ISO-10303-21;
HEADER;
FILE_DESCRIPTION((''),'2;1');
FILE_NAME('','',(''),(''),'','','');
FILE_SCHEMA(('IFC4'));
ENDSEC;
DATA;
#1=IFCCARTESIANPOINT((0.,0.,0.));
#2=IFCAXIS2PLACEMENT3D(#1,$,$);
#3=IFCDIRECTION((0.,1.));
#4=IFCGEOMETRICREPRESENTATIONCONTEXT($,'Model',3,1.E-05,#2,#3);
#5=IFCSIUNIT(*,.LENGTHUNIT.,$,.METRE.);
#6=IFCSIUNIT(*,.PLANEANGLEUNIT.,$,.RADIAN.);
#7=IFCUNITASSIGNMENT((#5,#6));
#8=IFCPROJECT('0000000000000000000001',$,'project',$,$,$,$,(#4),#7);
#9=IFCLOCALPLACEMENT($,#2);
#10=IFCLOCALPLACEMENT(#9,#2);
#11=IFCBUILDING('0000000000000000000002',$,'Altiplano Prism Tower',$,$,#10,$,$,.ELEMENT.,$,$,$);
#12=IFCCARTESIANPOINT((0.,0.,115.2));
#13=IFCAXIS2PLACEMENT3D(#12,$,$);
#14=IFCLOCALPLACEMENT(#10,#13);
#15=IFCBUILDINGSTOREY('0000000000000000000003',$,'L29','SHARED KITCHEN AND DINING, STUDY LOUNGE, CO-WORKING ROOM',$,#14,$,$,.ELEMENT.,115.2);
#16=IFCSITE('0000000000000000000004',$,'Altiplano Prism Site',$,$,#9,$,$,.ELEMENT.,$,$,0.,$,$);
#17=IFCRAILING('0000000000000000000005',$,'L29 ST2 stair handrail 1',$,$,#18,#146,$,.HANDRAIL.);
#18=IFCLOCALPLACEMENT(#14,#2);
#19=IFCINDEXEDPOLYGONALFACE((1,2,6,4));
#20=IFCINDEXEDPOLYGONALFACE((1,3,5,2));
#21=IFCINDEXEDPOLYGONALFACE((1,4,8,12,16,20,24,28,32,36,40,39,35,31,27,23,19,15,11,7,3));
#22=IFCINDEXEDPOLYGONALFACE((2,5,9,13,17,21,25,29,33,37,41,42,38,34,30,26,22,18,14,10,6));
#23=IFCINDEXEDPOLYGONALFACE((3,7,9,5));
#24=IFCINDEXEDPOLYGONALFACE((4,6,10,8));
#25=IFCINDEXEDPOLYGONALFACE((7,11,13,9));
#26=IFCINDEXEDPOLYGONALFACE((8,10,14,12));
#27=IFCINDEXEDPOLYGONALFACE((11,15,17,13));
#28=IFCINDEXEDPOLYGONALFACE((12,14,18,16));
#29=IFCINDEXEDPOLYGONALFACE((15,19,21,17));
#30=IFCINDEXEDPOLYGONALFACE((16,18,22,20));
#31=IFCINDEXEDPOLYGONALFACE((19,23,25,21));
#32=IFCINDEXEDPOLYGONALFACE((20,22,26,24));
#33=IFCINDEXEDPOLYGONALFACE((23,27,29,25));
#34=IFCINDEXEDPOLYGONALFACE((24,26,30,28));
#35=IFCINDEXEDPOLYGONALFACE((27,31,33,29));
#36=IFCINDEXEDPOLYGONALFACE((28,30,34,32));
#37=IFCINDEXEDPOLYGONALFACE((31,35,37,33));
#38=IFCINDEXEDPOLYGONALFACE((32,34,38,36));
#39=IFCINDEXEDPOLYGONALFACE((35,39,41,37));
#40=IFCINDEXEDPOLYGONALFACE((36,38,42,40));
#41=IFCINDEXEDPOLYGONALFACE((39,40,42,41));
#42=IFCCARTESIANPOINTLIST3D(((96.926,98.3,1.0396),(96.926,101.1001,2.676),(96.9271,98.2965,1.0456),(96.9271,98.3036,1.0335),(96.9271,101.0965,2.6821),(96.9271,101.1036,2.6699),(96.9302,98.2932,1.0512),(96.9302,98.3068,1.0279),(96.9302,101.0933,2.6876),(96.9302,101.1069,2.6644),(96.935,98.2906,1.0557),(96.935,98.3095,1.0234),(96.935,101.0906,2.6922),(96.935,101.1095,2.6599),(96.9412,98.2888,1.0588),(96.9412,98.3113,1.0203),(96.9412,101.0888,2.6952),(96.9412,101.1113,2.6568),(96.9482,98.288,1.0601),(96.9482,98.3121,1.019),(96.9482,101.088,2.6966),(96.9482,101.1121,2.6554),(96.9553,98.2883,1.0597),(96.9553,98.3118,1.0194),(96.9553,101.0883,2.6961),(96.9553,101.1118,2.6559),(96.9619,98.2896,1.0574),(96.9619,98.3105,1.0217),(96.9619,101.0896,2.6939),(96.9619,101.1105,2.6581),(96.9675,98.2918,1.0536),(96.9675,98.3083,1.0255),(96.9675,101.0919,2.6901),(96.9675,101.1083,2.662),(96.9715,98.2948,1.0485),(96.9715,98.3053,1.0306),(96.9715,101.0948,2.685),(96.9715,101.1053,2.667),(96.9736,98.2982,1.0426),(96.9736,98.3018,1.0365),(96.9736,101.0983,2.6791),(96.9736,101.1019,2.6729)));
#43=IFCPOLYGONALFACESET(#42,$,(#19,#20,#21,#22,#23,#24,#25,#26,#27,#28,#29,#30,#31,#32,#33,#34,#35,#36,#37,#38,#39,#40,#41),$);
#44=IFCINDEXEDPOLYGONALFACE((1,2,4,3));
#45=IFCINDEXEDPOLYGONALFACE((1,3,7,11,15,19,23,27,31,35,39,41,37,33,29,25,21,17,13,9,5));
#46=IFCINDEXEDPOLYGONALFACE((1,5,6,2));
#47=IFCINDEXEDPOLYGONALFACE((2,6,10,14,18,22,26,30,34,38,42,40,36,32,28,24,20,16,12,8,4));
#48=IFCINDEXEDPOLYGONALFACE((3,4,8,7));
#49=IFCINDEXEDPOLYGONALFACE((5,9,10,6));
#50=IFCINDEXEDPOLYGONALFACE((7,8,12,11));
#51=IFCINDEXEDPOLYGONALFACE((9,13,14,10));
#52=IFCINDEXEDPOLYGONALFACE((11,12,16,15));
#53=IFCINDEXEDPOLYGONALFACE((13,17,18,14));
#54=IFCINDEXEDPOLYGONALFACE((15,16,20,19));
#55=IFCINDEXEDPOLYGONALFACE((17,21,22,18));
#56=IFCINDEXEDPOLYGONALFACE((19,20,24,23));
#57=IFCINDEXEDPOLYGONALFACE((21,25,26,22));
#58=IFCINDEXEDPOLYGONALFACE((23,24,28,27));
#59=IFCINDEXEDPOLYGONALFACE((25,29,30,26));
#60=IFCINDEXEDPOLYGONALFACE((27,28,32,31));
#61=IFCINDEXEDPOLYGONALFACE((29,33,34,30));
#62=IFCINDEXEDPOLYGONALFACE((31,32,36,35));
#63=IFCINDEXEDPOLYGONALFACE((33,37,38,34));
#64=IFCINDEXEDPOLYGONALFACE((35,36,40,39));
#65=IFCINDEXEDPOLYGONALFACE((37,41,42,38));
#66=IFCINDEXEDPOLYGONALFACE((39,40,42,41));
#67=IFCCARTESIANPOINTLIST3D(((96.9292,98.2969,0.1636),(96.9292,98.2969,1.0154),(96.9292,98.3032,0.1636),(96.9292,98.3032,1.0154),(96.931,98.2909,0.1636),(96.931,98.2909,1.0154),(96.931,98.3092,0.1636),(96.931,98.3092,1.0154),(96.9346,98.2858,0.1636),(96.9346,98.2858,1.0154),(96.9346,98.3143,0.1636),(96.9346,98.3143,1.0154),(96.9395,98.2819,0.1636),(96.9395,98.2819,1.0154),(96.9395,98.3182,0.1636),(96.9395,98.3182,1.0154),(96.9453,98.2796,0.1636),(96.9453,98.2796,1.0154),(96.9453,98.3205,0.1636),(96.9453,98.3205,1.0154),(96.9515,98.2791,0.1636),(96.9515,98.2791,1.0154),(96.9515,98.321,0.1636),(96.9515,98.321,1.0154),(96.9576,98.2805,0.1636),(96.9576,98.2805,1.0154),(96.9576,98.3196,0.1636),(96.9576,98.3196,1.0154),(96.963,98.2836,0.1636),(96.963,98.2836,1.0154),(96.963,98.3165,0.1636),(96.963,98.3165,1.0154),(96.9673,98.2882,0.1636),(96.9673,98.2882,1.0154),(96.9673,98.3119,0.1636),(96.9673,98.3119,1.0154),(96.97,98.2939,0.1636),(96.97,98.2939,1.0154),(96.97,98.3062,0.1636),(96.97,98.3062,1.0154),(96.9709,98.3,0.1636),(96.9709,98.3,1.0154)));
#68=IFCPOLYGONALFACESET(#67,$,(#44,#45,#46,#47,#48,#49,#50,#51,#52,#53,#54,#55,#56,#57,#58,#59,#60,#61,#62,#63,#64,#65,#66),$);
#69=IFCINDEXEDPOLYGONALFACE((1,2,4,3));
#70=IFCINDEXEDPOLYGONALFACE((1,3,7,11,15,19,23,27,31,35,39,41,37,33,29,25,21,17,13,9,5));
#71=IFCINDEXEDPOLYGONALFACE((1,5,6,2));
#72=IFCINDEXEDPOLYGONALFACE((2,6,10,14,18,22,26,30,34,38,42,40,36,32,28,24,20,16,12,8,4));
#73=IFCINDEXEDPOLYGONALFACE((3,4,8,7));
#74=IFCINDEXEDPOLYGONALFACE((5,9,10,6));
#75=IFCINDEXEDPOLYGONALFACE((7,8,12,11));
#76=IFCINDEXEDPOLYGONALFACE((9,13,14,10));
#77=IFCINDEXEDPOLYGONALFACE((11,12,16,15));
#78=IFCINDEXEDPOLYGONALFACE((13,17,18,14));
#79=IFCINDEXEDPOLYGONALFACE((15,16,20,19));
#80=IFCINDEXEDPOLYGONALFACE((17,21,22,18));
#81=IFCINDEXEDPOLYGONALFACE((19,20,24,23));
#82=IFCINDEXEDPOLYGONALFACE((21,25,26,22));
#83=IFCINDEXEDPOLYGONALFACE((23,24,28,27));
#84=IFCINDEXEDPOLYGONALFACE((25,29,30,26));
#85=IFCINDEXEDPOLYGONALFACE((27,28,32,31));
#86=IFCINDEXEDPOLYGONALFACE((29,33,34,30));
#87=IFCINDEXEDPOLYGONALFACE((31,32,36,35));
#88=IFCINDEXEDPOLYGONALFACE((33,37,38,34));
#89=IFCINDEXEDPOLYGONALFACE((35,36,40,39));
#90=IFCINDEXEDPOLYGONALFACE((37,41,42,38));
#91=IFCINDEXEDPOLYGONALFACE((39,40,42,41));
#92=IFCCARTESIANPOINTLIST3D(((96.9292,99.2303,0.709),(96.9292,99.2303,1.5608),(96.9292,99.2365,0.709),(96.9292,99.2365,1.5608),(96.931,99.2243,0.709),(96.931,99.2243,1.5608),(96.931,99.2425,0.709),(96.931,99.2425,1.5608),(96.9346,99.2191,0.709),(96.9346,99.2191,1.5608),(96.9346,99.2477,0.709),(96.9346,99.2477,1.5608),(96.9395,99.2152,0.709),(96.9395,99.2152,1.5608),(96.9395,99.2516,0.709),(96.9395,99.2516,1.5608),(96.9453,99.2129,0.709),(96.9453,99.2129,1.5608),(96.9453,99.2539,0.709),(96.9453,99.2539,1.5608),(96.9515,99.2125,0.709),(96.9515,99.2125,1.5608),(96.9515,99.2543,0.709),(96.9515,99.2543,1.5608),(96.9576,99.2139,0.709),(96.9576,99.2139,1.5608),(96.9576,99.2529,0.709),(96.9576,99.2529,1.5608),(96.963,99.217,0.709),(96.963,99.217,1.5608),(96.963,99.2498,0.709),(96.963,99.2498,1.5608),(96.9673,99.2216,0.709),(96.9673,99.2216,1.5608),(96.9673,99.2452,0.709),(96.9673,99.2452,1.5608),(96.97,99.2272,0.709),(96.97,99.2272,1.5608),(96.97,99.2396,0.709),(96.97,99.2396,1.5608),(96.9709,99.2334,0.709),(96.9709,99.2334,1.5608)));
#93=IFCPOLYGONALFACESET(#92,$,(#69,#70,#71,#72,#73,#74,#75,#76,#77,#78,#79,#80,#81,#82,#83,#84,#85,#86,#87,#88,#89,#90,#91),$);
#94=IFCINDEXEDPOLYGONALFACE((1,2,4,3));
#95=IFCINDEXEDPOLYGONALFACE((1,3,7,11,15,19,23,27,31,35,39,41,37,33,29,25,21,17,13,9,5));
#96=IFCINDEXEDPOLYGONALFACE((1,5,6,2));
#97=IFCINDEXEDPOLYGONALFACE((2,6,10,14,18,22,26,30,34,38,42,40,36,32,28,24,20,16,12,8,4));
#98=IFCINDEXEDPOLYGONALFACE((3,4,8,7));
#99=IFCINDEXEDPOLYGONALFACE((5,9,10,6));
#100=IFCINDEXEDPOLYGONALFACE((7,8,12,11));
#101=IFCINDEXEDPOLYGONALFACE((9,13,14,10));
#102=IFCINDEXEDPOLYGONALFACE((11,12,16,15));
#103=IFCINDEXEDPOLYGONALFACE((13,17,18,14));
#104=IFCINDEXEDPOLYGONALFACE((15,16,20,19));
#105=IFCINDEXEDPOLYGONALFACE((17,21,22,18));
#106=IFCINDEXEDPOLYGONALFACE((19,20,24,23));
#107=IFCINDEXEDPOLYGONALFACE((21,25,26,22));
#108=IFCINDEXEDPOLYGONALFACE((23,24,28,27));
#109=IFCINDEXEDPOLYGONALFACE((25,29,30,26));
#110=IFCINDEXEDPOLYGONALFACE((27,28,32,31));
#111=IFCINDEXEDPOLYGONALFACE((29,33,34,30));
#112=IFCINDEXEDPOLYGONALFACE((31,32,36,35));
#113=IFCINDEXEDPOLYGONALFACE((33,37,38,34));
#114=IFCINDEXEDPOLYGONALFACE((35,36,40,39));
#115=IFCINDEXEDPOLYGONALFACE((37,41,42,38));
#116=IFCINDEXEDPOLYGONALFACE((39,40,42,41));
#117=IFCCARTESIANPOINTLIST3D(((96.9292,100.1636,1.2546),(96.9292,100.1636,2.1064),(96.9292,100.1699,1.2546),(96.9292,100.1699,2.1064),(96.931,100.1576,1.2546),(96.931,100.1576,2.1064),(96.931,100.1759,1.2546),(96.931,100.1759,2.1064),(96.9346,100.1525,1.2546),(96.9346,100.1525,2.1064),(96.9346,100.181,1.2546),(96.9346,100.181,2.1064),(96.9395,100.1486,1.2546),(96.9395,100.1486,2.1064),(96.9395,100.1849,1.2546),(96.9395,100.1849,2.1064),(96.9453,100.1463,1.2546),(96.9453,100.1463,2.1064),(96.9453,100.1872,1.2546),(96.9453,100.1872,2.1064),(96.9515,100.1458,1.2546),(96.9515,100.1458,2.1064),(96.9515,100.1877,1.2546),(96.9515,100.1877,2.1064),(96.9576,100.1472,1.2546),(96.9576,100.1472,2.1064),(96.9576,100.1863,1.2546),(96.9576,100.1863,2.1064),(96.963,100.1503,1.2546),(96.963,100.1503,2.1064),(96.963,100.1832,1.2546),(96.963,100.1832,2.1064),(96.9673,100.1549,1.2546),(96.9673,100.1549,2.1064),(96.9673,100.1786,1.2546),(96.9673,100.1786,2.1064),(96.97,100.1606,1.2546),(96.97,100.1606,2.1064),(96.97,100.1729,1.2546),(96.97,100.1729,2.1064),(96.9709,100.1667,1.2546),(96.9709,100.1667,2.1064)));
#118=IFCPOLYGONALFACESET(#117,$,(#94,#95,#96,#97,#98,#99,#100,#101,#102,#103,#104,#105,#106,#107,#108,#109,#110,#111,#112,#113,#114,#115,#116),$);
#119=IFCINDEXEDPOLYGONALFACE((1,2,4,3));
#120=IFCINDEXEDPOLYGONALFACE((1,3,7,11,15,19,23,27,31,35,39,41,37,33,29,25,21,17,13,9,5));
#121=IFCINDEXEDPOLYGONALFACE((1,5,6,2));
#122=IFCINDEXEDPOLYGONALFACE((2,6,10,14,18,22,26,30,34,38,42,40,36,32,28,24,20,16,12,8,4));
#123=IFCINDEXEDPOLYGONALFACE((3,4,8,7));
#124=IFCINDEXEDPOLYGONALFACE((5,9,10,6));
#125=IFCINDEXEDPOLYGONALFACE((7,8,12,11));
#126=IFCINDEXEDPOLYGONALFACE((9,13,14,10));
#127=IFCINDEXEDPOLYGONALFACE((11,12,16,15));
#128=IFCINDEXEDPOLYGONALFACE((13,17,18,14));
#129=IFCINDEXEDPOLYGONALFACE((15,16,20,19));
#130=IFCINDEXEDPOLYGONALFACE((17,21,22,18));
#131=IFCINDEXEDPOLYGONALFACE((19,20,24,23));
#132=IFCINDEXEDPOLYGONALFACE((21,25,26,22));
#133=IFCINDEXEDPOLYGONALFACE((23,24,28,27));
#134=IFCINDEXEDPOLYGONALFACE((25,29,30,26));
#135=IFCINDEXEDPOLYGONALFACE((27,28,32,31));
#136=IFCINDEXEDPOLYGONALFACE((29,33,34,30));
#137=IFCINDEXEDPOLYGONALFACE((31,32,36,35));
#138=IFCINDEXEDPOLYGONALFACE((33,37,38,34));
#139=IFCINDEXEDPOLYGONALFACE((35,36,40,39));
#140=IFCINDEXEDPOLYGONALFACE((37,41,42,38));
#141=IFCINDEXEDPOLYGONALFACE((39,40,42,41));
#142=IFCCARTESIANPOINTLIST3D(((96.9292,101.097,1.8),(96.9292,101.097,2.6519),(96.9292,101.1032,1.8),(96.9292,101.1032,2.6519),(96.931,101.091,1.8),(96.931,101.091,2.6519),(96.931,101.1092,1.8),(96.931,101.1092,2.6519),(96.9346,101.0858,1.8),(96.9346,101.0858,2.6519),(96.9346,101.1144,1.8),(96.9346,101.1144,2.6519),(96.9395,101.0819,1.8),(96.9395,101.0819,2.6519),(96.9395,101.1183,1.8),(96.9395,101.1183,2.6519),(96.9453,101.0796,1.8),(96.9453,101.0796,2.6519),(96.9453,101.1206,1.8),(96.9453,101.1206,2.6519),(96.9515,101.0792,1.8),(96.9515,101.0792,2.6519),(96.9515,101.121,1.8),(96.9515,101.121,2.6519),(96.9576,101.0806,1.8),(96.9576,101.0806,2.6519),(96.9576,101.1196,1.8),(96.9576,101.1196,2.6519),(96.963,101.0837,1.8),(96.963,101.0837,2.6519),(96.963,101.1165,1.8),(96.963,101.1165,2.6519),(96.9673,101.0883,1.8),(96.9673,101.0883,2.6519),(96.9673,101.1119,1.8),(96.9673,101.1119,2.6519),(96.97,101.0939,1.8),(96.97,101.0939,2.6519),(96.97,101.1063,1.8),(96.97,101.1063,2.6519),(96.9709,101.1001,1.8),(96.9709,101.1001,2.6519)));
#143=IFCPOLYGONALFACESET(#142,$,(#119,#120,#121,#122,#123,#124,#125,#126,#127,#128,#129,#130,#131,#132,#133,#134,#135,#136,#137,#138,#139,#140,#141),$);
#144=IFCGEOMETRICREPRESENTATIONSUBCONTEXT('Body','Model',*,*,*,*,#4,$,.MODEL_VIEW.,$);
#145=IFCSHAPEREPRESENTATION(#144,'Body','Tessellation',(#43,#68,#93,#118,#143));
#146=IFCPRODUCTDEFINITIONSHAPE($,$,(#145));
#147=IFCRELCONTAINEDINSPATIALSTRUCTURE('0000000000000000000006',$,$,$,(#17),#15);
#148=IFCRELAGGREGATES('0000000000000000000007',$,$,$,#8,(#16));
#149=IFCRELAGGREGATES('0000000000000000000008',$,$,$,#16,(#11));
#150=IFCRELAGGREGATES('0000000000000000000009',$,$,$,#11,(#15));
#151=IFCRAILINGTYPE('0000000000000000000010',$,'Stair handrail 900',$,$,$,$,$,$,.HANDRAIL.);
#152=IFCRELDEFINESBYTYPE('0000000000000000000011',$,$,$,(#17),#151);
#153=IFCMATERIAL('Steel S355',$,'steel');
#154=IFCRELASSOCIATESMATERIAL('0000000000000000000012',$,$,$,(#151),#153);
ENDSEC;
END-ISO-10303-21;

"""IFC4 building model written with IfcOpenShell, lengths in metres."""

from ifc_helpers import new_model, si_unit, direction, frame, origin, origin_2d, place, context, subcontext, project, spatial, circle, extrude, material, type_object, element, save


model = new_model("IFC4")

# Units and contexts
model_context = context("Model", 3, precision=1e-05, world=origin(), true_north=direction((0.0, 1.0)))
body_context = subcontext(model_context, "Body", "Model", "MODEL_VIEW")
ifc_project = project(units=[si_unit("LENGTHUNIT", "METRE"), si_unit("PLANEANGLEUNIT", "RADIAN")], contexts=[model_context])

# Site, building, storey
site_placement = place(None, origin())
site = spatial("IfcSite", under=ifc_project, at=site_placement, Name="Altiplano Prism Site", CompositionType="ELEMENT", RefElevation=0.0)
building_placement = place(site_placement, origin())
building = spatial("IfcBuilding", under=site, at=building_placement, Name="Altiplano Prism Tower", CompositionType="ELEMENT")
storey_placement = place(building_placement, frame((0.0, 0.0, 115.2)))
storey = spatial("IfcBuildingStorey", under=building, at=storey_placement, Name="L29", Description="SHARED KITCHEN AND DINING, STUDY LOUNGE, CO-WORKING ROOM", CompositionType="ELEMENT", Elevation=115.2)

# Railing
ifc_material_1 = material(Name="Steel S355", Category="steel")
railing_type_1 = type_object("IfcRailingType", Name="Stair handrail 900", PredefinedType="HANDRAIL", material=ifc_material_1)
railing_1_placement = place(storey_placement, frame((96.95, 98.3, 0.1636)))
element("IfcRailing", 1, at=railing_1_placement, inside=storey, type_object=railing_type_1, Name="L29 ST2 stair handrail 1", PredefinedType="HANDRAIL", context=body_context, shape_type="SweptSolid", body=[
    extrude(circle(Radius=0.0239, at=origin_2d()), frame((0.0, 0.0, 0.876), z_axis=(0.0, 0.863361, 0.504587), x_axis=(-1.0, 0.0, 0.0)), (0.0, 0.0, 1.0), 3.2432),
    extrude(circle(Radius=0.021, at=origin_2d()), origin(), (0.0, 0.0, 1.0), 0.8518),
    extrude(circle(Radius=0.021, at=origin_2d()), frame((0.0, 0.9333, 0.5454)), (0.0, 0.0, 1.0), 0.8518),
    extrude(circle(Radius=0.021, at=origin_2d()), frame((0.0, 1.8667, 1.0911)), (0.0, 0.0, 1.0), 0.8518),
    extrude(circle(Radius=0.021, at=origin_2d()), frame((0.0, 2.8, 1.6365)), (0.0, 0.0, 1.0), 0.8518),
])

save(model, "model.ifc")
